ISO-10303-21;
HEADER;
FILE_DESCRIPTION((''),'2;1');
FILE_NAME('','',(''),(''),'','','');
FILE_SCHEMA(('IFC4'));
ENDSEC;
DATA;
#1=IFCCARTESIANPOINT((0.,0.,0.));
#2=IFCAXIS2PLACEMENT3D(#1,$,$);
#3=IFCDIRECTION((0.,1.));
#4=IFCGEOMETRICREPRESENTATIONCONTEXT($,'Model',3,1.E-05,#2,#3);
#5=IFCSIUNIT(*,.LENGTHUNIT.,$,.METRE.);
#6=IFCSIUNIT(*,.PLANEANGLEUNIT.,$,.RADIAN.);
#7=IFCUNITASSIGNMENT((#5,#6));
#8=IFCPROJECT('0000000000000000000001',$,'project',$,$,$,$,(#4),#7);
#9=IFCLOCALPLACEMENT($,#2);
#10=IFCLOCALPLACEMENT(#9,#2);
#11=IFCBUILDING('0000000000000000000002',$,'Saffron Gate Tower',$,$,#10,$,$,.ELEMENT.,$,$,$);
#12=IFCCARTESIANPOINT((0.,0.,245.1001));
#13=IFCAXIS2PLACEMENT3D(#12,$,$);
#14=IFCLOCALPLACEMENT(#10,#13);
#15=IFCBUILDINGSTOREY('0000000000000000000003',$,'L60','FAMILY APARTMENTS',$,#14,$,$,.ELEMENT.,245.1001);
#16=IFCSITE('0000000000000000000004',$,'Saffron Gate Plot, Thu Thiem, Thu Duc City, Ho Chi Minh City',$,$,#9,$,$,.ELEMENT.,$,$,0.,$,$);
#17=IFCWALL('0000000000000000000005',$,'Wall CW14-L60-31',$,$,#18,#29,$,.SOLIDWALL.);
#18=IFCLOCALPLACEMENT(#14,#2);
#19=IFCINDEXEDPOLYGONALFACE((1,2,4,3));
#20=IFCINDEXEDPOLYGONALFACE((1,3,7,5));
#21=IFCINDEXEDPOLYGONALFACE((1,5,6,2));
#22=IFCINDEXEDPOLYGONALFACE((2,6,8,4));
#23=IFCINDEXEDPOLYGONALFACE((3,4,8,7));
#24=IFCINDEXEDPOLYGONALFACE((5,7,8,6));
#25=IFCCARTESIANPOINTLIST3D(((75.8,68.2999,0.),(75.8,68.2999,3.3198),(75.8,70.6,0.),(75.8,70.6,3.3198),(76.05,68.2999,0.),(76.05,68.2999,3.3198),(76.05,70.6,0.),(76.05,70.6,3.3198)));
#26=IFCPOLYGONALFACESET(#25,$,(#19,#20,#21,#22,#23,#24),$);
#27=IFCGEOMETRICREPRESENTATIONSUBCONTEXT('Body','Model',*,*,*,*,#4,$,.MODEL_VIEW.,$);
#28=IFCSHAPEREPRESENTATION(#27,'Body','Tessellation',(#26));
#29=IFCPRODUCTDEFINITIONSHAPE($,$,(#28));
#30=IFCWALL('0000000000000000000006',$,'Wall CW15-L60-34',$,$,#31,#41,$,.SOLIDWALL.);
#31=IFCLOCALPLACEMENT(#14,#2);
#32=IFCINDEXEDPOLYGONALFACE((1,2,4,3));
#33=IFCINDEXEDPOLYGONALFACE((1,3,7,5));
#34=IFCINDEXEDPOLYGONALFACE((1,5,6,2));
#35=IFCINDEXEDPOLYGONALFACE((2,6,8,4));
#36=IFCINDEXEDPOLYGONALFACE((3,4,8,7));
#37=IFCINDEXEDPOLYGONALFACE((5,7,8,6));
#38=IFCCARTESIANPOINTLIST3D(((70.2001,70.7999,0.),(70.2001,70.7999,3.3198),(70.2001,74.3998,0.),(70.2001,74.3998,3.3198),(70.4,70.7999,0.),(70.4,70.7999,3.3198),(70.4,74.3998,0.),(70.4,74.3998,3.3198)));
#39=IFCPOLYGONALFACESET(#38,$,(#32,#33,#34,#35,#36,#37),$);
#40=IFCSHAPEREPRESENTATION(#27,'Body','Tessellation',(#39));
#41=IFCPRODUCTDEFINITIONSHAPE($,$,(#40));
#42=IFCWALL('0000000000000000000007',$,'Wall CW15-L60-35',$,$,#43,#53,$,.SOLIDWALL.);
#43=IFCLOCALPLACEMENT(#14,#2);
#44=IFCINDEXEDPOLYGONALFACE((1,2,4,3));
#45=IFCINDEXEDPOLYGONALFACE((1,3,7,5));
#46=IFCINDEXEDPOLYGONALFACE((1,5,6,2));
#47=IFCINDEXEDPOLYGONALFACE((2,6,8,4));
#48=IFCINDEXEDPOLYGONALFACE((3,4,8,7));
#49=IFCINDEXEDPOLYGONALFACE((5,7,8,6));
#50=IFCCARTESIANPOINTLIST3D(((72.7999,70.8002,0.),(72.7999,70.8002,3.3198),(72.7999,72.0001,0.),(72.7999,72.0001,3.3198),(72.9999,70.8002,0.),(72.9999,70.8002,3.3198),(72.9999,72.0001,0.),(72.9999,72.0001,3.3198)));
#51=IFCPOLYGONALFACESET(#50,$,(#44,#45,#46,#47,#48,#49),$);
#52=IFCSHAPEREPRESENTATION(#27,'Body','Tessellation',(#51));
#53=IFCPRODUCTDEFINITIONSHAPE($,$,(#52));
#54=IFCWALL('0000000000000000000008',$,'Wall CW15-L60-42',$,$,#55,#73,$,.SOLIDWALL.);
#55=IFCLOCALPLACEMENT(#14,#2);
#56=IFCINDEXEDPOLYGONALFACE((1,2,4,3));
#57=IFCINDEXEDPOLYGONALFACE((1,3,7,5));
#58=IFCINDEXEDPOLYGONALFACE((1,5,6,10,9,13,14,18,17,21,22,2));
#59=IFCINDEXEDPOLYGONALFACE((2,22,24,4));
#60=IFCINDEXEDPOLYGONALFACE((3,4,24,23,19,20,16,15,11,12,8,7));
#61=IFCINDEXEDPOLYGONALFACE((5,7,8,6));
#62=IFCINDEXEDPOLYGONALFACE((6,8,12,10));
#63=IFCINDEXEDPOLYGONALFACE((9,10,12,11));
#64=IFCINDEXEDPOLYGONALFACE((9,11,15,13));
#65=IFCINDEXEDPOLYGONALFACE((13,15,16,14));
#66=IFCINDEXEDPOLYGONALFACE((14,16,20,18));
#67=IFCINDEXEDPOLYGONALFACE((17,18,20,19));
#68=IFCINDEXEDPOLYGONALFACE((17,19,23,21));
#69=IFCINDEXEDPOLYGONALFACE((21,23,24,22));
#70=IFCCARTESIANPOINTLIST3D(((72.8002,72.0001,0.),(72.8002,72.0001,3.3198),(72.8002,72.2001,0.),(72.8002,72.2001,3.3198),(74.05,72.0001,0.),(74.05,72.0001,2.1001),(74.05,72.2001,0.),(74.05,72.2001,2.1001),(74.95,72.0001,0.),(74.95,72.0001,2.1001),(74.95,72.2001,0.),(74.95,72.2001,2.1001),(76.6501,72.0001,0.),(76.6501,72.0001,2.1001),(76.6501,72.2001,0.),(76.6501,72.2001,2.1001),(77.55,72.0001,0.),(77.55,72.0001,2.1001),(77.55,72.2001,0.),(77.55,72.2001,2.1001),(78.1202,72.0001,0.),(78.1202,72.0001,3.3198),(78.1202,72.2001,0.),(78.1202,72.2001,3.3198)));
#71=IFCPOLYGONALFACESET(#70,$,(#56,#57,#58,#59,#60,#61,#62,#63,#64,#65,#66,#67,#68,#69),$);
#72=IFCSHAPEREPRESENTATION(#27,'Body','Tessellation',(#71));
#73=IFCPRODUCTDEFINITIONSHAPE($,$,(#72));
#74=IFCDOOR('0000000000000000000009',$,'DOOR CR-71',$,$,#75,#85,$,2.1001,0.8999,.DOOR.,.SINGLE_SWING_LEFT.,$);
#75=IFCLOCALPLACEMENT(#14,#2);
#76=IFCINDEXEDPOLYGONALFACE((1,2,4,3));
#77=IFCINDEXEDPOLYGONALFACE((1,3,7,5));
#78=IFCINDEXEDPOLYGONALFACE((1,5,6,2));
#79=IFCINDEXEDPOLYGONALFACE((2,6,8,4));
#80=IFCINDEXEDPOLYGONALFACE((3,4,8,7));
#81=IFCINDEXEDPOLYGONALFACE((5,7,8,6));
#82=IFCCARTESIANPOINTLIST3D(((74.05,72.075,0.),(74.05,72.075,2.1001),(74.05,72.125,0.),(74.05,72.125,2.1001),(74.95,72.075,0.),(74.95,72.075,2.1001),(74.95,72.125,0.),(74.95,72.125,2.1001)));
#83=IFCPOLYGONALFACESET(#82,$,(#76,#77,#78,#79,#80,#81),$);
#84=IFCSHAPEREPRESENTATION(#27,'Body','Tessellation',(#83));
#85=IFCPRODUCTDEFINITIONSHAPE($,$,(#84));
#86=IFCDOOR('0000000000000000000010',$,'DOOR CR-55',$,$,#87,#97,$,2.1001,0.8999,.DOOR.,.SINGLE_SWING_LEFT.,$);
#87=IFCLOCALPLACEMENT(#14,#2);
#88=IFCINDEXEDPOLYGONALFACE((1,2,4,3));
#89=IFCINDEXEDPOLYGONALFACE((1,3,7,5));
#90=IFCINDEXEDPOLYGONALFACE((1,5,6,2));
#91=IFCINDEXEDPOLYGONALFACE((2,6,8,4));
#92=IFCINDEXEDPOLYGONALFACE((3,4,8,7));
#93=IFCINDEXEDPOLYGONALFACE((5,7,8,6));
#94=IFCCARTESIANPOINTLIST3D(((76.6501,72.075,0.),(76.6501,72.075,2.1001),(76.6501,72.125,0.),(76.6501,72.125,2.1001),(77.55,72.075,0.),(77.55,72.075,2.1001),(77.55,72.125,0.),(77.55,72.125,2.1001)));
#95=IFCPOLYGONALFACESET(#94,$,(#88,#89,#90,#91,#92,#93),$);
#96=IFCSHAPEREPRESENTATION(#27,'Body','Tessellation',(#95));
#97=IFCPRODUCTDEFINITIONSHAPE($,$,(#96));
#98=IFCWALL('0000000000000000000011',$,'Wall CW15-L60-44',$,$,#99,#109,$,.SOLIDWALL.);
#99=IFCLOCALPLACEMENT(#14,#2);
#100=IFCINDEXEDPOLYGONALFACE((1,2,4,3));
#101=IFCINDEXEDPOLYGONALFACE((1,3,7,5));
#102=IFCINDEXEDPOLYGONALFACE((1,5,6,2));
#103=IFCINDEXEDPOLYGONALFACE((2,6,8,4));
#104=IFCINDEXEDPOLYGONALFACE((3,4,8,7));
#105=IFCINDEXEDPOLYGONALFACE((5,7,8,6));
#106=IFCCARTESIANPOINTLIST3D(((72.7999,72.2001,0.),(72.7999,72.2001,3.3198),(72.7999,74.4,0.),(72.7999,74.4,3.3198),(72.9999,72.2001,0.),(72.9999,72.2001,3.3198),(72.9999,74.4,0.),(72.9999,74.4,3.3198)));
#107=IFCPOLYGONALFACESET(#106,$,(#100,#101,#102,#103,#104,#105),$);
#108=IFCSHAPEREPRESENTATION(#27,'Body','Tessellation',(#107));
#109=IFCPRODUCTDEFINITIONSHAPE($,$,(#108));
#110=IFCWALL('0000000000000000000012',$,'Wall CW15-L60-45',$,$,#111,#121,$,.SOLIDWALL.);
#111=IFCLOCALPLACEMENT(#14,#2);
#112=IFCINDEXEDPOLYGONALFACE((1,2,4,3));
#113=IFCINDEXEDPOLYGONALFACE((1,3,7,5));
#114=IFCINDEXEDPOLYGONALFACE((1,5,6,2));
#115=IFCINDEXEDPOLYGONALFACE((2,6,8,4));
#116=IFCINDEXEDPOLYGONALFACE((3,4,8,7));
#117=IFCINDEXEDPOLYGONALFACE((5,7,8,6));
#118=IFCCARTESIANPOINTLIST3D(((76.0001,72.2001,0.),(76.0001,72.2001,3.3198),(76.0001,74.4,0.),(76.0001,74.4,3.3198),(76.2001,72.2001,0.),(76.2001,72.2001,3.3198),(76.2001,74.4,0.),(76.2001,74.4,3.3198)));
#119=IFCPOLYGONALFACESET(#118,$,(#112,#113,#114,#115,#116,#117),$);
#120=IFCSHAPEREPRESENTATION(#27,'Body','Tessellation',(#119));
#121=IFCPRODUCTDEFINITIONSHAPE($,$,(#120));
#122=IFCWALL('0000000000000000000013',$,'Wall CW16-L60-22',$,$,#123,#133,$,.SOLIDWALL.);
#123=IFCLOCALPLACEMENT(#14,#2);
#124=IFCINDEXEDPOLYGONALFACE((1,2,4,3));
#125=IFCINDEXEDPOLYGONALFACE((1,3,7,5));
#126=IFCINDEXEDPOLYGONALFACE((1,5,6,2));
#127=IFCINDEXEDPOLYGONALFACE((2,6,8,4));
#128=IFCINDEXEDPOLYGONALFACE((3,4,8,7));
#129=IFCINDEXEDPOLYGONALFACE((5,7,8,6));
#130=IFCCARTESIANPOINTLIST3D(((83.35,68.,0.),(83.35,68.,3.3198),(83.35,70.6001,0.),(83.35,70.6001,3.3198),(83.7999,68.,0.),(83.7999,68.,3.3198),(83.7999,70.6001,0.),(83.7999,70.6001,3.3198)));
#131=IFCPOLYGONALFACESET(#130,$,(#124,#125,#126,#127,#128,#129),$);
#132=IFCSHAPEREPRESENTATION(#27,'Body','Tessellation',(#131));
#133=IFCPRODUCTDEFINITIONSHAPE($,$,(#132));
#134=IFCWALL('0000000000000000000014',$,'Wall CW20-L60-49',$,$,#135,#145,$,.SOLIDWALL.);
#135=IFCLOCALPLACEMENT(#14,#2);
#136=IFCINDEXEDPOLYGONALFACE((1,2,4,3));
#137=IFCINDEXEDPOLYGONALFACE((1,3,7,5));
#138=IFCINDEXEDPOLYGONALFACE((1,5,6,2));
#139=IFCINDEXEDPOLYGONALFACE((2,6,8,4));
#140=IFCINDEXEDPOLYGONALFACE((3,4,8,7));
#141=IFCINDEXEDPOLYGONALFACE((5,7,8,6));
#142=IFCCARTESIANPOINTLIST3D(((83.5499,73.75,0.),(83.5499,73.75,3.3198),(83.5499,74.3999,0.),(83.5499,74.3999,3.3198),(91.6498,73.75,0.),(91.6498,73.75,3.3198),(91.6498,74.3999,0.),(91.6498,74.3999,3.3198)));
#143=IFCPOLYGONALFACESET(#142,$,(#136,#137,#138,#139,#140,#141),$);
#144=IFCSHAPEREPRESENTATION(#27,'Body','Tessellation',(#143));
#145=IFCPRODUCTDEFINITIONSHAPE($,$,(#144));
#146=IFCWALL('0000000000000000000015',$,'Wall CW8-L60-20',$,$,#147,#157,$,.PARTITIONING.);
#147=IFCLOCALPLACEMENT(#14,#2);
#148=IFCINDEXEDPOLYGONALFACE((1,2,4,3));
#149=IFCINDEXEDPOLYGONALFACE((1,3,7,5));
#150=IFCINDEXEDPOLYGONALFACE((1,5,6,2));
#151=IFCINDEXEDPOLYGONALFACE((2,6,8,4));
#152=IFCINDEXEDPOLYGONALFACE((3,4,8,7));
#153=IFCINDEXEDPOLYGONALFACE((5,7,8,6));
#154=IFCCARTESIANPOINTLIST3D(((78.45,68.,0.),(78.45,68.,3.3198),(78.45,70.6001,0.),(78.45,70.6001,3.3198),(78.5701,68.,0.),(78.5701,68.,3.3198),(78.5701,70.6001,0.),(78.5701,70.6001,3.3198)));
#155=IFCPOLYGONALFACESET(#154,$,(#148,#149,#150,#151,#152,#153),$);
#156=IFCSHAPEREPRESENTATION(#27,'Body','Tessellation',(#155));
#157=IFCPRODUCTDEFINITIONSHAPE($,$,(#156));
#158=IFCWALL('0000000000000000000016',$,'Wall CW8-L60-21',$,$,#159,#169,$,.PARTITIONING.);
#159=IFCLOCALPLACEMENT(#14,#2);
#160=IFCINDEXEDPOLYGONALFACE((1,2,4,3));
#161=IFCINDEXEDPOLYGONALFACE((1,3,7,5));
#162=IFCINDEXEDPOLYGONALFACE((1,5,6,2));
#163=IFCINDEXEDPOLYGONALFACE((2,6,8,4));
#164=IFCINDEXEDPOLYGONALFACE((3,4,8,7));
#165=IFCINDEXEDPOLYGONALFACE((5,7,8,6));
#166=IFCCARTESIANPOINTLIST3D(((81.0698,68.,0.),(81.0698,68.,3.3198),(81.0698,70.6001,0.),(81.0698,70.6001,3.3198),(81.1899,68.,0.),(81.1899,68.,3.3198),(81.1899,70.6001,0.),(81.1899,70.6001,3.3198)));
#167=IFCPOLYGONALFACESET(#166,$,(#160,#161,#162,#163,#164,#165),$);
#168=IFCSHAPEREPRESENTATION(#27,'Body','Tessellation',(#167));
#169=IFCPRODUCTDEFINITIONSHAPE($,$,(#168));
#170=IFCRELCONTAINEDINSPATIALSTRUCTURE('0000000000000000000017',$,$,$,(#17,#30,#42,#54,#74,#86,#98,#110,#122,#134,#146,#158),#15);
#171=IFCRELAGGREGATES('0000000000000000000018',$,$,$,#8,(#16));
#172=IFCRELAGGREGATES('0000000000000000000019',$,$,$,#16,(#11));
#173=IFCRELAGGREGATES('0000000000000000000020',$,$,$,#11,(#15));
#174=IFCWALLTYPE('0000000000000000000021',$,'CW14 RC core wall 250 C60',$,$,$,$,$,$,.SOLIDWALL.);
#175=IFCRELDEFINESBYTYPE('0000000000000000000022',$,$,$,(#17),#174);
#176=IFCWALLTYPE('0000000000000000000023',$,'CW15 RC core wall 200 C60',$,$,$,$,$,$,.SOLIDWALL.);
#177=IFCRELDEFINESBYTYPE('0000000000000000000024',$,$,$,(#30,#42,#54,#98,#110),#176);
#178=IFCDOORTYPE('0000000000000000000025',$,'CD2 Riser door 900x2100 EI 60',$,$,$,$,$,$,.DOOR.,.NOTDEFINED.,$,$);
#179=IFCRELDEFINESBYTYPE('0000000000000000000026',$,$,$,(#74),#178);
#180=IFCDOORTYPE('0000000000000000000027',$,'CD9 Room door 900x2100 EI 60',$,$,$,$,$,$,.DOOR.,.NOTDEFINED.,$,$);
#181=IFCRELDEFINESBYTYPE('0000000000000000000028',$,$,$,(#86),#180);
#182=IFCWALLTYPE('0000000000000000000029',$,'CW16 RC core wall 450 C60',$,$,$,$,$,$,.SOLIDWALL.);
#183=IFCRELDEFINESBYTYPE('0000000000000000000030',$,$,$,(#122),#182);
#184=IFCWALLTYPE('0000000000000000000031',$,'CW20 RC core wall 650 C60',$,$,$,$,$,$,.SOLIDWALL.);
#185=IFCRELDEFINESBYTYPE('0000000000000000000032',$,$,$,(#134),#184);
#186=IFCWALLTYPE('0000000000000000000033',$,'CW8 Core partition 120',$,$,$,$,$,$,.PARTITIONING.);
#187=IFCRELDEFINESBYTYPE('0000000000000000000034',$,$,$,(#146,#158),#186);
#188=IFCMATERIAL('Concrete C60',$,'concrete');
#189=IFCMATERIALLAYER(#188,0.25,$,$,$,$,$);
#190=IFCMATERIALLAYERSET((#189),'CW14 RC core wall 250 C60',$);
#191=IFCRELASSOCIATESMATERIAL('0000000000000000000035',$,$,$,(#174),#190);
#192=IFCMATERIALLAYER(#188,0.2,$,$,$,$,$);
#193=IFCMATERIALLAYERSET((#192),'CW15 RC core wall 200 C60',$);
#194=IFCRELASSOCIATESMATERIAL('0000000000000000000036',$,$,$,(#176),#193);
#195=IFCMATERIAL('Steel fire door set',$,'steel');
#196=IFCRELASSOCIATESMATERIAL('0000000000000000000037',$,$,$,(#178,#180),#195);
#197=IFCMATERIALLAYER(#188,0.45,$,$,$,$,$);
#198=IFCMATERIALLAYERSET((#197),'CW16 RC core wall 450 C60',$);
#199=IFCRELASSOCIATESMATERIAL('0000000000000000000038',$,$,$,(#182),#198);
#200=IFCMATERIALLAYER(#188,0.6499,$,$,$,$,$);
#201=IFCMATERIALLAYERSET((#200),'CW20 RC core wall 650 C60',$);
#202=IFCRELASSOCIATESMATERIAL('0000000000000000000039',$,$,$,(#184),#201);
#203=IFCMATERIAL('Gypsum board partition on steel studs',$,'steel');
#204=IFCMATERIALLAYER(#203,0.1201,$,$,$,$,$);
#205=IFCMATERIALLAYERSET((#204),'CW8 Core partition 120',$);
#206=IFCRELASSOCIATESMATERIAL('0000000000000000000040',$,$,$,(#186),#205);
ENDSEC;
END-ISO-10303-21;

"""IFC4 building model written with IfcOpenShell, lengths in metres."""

from ifc_helpers import new_model, si_unit, direction, frame, frame_2d, origin, place, context, subcontext, project, spatial, rectangle, extrude, material, layer, layer_set, type_object, element, fill, save


model = new_model("IFC4")

# Units and contexts
model_context = context("Model", 3, precision=1e-05, world=origin(), true_north=direction((0.0, 1.0)))
body_context = subcontext(model_context, "Body", "Model", "MODEL_VIEW")
ifc_project = project(units=[si_unit("LENGTHUNIT", "METRE"), si_unit("PLANEANGLEUNIT", "RADIAN")], contexts=[model_context])

# Site, building, storey
site_placement = place(None, origin())
site = spatial("IfcSite", under=ifc_project, at=site_placement, Name="Saffron Gate Plot, Thu Thiem, Thu Duc City, Ho Chi Minh City", CompositionType="ELEMENT", RefElevation=0.0)
building_placement = place(site_placement, origin())
building = spatial("IfcBuilding", under=site, at=building_placement, Name="Saffron Gate Tower", CompositionType="ELEMENT")
storey_placement = place(building_placement, frame((0.0, 0.0, 245.1001)))
storey = spatial("IfcBuildingStorey", under=building, at=storey_placement, Name="L60", Description="FAMILY APARTMENTS", CompositionType="ELEMENT", Elevation=245.1001)

# Walls
ifc_material_1 = material(Name="Concrete C60", Category="concrete")
ifc_layer_1 = layer(ifc_material_1, 0.25)
ifc_layer_set_1 = layer_set([ifc_layer_1], Name="CW14 RC core wall 250 C60")
wall_type_1 = type_object("IfcWallType", Name="CW14 RC core wall 250 C60", PredefinedType="SOLIDWALL", material=ifc_layer_set_1)
wall_1_placement = place(storey_placement, frame((75.925, 68.3, 0.0), z_axis=(0.0, 0.0, 1.0), x_axis=(0.0, 1.0, 0.0)))
element("IfcWall", 1, at=wall_1_placement, inside=storey, type_object=wall_type_1, Name="Wall CW14-L60-31", PredefinedType="SOLIDWALL", context=body_context, shape_type="SweptSolid", body=[
    extrude(rectangle(XDim=2.3, YDim=0.25, at=frame_2d((1.1499, 0.0))), origin(), (0.0, 0.0, 1.0), 3.3198),
])
ifc_layer_2 = layer(ifc_material_1, 0.2)
ifc_layer_set_2 = layer_set([ifc_layer_2], Name="CW15 RC core wall 200 C60")
wall_type_2 = type_object("IfcWallType", Name="CW15 RC core wall 200 C60", PredefinedType="SOLIDWALL", material=ifc_layer_set_2)
wall_2_placement = place(storey_placement, frame((70.3, 70.8, 0.0), z_axis=(0.0, 0.0, 1.0), x_axis=(0.0, 1.0, 0.0)))
element("IfcWall", 2, at=wall_2_placement, inside=storey, type_object=wall_type_2, Name="Wall CW15-L60-34", PredefinedType="SOLIDWALL", context=body_context, shape_type="SweptSolid", body=[
    extrude(rectangle(XDim=3.5999, YDim=0.2, at=frame_2d((1.7998, 0.0))), origin(), (0.0, 0.0, 1.0), 3.3198),
])
wall_3_placement = place(storey_placement, frame((72.8999, 70.8, 0.0), z_axis=(0.0, 0.0, 1.0), x_axis=(0.0, 1.0, 0.0)))
element("IfcWall", 3, at=wall_3_placement, inside=storey, type_object=wall_type_2, Name="Wall CW15-L60-35", PredefinedType="SOLIDWALL", context=body_context, shape_type="SweptSolid", body=[
    extrude(rectangle(XDim=1.2, YDim=0.2, at=frame_2d((0.6001, 0.0))), origin(), (0.0, 0.0, 1.0), 3.3198),
])

# Wall, openings, doors
wall_4_placement = place(storey_placement, frame((72.8, 72.1001, 0.0), z_axis=(0.0, 0.0, 1.0), x_axis=(1.0, 0.0, 0.0)))
wall_4 = element("IfcWall", 4, at=wall_4_placement, inside=storey, type_object=wall_type_2, Name="Wall CW15-L60-42", PredefinedType="SOLIDWALL", context=body_context, shape_type="SweptSolid", body=[
    extrude(rectangle(XDim=5.3201, YDim=0.2, at=frame_2d((2.6602, 0.0))), origin(), (0.0, 0.0, 1.0), 3.3198),
])
opening_1_placement = place(wall_4_placement, frame((1.25, 0.0, 0.0)))
opening_1 = element("IfcOpeningElement", 5, at=opening_1_placement, cuts=wall_4, PredefinedType="OPENING", context=body_context, shape_type="SweptSolid", body=[
    extrude(rectangle(XDim=0.8999, YDim=2.1001, at=frame_2d((0.45, 1.05))), frame((0.0, 0.1099, 0.0), z_axis=(0.0, -1.0, 0.0), x_axis=(1.0, 0.0, 0.0)), (0.0, 0.0, 1.0), 0.22),
])
opening_2_placement = place(wall_4_placement, frame((3.8501, 0.0, 0.0)))
opening_2 = element("IfcOpeningElement", 6, at=opening_2_placement, cuts=wall_4, PredefinedType="OPENING", context=body_context, shape_type="SweptSolid", body=[
    extrude(rectangle(XDim=0.8999, YDim=2.1001, at=frame_2d((0.45, 1.05))), frame((0.0, 0.1099, 0.0), z_axis=(0.0, -1.0, 0.0), x_axis=(1.0, 0.0, 0.0)), (0.0, 0.0, 1.0), 0.22),
])
ifc_material_2 = material(Name="Steel fire door set", Category="steel")
door_type_1 = type_object("IfcDoorType", Name="CD2 Riser door 900x2100 EI 60", OperationType="NOTDEFINED", PredefinedType="DOOR", material=ifc_material_2)
door_1_placement = place(opening_1_placement, origin())
door_1 = element("IfcDoor", 7, at=door_1_placement, inside=storey, type_object=door_type_1, Name="DOOR CR-71", OperationType="SINGLE_SWING_LEFT", OverallHeight=2.1001, OverallWidth=0.8999, PredefinedType="DOOR", context=body_context, shape_type="SweptSolid", body=[
    extrude(rectangle(XDim=0.8999, YDim=2.1001, at=frame_2d((0.45, 1.05))), frame((0.0, 0.0249, 0.0), z_axis=(0.0, -1.0, 0.0), x_axis=(1.0, 0.0, 0.0)), (0.0, 0.0, 1.0), 0.05),
])
fill(opening_1, door_1)
door_type_2 = type_object("IfcDoorType", Name="CD9 Room door 900x2100 EI 60", OperationType="NOTDEFINED", PredefinedType="DOOR", material=ifc_material_2)
door_2_placement = place(opening_2_placement, origin())
door_2 = element("IfcDoor", 8, at=door_2_placement, inside=storey, type_object=door_type_2, Name="DOOR CR-55", OperationType="SINGLE_SWING_LEFT", OverallHeight=2.1001, OverallWidth=0.8999, PredefinedType="DOOR", context=body_context, shape_type="SweptSolid", body=[
    extrude(rectangle(XDim=0.8999, YDim=2.1001, at=frame_2d((0.45, 1.05))), frame((0.0, 0.0249, 0.0), z_axis=(0.0, -1.0, 0.0), x_axis=(1.0, 0.0, 0.0)), (0.0, 0.0, 1.0), 0.05),
])
fill(opening_2, door_2)

# Walls
for number, where, z_axis, x_axis, name in (
    (9, (72.8999, 72.2, 0.0), (0.0, 0.0, 1.0), (0.0, 1.0, 0.0), "Wall CW15-L60-44"),
    (10, (76.1001, 72.2, 0.0), (0.0, 0.0, 1.0), (0.0, 1.0, 0.0), "Wall CW15-L60-45"),
):
    element("IfcWall", number, at=place(storey_placement, frame(where, z_axis=z_axis, x_axis=x_axis)), inside=storey, type_object=wall_type_2, Name=name, PredefinedType="SOLIDWALL", context=body_context, shape_type="SweptSolid", body=[
        extrude(rectangle(XDim=2.2, YDim=0.2, at=frame_2d((1.1001, 0.0))), origin(), (0.0, 0.0, 1.0), 3.3198),
    ])
ifc_layer_3 = layer(ifc_material_1, 0.45)
ifc_layer_set_3 = layer_set([ifc_layer_3], Name="CW16 RC core wall 450 C60")
wall_type_3 = type_object("IfcWallType", Name="CW16 RC core wall 450 C60", PredefinedType="SOLIDWALL", material=ifc_layer_set_3)
wall_5_placement = place(storey_placement, frame((83.575, 68.0, 0.0), z_axis=(0.0, 0.0, 1.0), x_axis=(0.0, 1.0, 0.0)))
element("IfcWall", 11, at=wall_5_placement, inside=storey, type_object=wall_type_3, Name="Wall CW16-L60-22", PredefinedType="SOLIDWALL", context=body_context, shape_type="SweptSolid", body=[
    extrude(rectangle(XDim=2.6001, YDim=0.45, at=frame_2d((1.3, 0.0))), origin(), (0.0, 0.0, 1.0), 3.3198),
])
ifc_layer_4 = layer(ifc_material_1, 0.6499)
ifc_layer_set_4 = layer_set([ifc_layer_4], Name="CW20 RC core wall 650 C60")
wall_type_4 = type_object("IfcWallType", Name="CW20 RC core wall 650 C60", PredefinedType="SOLIDWALL", material=ifc_layer_set_4)
wall_6_placement = place(storey_placement, frame((83.55, 74.075, 0.0), z_axis=(0.0, 0.0, 1.0), x_axis=(1.0, 0.0, 0.0)))
element("IfcWall", 12, at=wall_6_placement, inside=storey, type_object=wall_type_4, Name="Wall CW20-L60-49", PredefinedType="SOLIDWALL", context=body_context, shape_type="SweptSolid", body=[
    extrude(rectangle(XDim=8.0999, YDim=0.6499, at=frame_2d((4.0498, 0.0))), origin(), (0.0, 0.0, 1.0), 3.3198),
])
ifc_material_3 = material(Name="Gypsum board partition on steel studs", Category="steel")
ifc_layer_5 = layer(ifc_material_3, 0.1201)
ifc_layer_set_5 = layer_set([ifc_layer_5], Name="CW8 Core partition 120")
wall_type_5 = type_object("IfcWallType", Name="CW8 Core partition 120", PredefinedType="PARTITIONING", material=ifc_layer_set_5)
for number, where, z_axis, x_axis, name in (
    (13, (78.51, 68.0, 0.0), (0.0, 0.0, 1.0), (0.0, 1.0, 0.0), "Wall CW8-L60-20"),
    (14, (81.1299, 68.0, 0.0), (0.0, 0.0, 1.0), (0.0, 1.0, 0.0), "Wall CW8-L60-21"),
):
    element("IfcWall", number, at=place(storey_placement, frame(where, z_axis=z_axis, x_axis=x_axis)), inside=storey, type_object=wall_type_5, Name=name, PredefinedType="PARTITIONING", context=body_context, shape_type="SweptSolid", body=[
        extrude(rectangle(XDim=2.6001, YDim=0.1201, at=frame_2d((1.3, 0.0))), origin(), (0.0, 0.0, 1.0), 3.3198),
    ])

save(model, "model.ifc")
